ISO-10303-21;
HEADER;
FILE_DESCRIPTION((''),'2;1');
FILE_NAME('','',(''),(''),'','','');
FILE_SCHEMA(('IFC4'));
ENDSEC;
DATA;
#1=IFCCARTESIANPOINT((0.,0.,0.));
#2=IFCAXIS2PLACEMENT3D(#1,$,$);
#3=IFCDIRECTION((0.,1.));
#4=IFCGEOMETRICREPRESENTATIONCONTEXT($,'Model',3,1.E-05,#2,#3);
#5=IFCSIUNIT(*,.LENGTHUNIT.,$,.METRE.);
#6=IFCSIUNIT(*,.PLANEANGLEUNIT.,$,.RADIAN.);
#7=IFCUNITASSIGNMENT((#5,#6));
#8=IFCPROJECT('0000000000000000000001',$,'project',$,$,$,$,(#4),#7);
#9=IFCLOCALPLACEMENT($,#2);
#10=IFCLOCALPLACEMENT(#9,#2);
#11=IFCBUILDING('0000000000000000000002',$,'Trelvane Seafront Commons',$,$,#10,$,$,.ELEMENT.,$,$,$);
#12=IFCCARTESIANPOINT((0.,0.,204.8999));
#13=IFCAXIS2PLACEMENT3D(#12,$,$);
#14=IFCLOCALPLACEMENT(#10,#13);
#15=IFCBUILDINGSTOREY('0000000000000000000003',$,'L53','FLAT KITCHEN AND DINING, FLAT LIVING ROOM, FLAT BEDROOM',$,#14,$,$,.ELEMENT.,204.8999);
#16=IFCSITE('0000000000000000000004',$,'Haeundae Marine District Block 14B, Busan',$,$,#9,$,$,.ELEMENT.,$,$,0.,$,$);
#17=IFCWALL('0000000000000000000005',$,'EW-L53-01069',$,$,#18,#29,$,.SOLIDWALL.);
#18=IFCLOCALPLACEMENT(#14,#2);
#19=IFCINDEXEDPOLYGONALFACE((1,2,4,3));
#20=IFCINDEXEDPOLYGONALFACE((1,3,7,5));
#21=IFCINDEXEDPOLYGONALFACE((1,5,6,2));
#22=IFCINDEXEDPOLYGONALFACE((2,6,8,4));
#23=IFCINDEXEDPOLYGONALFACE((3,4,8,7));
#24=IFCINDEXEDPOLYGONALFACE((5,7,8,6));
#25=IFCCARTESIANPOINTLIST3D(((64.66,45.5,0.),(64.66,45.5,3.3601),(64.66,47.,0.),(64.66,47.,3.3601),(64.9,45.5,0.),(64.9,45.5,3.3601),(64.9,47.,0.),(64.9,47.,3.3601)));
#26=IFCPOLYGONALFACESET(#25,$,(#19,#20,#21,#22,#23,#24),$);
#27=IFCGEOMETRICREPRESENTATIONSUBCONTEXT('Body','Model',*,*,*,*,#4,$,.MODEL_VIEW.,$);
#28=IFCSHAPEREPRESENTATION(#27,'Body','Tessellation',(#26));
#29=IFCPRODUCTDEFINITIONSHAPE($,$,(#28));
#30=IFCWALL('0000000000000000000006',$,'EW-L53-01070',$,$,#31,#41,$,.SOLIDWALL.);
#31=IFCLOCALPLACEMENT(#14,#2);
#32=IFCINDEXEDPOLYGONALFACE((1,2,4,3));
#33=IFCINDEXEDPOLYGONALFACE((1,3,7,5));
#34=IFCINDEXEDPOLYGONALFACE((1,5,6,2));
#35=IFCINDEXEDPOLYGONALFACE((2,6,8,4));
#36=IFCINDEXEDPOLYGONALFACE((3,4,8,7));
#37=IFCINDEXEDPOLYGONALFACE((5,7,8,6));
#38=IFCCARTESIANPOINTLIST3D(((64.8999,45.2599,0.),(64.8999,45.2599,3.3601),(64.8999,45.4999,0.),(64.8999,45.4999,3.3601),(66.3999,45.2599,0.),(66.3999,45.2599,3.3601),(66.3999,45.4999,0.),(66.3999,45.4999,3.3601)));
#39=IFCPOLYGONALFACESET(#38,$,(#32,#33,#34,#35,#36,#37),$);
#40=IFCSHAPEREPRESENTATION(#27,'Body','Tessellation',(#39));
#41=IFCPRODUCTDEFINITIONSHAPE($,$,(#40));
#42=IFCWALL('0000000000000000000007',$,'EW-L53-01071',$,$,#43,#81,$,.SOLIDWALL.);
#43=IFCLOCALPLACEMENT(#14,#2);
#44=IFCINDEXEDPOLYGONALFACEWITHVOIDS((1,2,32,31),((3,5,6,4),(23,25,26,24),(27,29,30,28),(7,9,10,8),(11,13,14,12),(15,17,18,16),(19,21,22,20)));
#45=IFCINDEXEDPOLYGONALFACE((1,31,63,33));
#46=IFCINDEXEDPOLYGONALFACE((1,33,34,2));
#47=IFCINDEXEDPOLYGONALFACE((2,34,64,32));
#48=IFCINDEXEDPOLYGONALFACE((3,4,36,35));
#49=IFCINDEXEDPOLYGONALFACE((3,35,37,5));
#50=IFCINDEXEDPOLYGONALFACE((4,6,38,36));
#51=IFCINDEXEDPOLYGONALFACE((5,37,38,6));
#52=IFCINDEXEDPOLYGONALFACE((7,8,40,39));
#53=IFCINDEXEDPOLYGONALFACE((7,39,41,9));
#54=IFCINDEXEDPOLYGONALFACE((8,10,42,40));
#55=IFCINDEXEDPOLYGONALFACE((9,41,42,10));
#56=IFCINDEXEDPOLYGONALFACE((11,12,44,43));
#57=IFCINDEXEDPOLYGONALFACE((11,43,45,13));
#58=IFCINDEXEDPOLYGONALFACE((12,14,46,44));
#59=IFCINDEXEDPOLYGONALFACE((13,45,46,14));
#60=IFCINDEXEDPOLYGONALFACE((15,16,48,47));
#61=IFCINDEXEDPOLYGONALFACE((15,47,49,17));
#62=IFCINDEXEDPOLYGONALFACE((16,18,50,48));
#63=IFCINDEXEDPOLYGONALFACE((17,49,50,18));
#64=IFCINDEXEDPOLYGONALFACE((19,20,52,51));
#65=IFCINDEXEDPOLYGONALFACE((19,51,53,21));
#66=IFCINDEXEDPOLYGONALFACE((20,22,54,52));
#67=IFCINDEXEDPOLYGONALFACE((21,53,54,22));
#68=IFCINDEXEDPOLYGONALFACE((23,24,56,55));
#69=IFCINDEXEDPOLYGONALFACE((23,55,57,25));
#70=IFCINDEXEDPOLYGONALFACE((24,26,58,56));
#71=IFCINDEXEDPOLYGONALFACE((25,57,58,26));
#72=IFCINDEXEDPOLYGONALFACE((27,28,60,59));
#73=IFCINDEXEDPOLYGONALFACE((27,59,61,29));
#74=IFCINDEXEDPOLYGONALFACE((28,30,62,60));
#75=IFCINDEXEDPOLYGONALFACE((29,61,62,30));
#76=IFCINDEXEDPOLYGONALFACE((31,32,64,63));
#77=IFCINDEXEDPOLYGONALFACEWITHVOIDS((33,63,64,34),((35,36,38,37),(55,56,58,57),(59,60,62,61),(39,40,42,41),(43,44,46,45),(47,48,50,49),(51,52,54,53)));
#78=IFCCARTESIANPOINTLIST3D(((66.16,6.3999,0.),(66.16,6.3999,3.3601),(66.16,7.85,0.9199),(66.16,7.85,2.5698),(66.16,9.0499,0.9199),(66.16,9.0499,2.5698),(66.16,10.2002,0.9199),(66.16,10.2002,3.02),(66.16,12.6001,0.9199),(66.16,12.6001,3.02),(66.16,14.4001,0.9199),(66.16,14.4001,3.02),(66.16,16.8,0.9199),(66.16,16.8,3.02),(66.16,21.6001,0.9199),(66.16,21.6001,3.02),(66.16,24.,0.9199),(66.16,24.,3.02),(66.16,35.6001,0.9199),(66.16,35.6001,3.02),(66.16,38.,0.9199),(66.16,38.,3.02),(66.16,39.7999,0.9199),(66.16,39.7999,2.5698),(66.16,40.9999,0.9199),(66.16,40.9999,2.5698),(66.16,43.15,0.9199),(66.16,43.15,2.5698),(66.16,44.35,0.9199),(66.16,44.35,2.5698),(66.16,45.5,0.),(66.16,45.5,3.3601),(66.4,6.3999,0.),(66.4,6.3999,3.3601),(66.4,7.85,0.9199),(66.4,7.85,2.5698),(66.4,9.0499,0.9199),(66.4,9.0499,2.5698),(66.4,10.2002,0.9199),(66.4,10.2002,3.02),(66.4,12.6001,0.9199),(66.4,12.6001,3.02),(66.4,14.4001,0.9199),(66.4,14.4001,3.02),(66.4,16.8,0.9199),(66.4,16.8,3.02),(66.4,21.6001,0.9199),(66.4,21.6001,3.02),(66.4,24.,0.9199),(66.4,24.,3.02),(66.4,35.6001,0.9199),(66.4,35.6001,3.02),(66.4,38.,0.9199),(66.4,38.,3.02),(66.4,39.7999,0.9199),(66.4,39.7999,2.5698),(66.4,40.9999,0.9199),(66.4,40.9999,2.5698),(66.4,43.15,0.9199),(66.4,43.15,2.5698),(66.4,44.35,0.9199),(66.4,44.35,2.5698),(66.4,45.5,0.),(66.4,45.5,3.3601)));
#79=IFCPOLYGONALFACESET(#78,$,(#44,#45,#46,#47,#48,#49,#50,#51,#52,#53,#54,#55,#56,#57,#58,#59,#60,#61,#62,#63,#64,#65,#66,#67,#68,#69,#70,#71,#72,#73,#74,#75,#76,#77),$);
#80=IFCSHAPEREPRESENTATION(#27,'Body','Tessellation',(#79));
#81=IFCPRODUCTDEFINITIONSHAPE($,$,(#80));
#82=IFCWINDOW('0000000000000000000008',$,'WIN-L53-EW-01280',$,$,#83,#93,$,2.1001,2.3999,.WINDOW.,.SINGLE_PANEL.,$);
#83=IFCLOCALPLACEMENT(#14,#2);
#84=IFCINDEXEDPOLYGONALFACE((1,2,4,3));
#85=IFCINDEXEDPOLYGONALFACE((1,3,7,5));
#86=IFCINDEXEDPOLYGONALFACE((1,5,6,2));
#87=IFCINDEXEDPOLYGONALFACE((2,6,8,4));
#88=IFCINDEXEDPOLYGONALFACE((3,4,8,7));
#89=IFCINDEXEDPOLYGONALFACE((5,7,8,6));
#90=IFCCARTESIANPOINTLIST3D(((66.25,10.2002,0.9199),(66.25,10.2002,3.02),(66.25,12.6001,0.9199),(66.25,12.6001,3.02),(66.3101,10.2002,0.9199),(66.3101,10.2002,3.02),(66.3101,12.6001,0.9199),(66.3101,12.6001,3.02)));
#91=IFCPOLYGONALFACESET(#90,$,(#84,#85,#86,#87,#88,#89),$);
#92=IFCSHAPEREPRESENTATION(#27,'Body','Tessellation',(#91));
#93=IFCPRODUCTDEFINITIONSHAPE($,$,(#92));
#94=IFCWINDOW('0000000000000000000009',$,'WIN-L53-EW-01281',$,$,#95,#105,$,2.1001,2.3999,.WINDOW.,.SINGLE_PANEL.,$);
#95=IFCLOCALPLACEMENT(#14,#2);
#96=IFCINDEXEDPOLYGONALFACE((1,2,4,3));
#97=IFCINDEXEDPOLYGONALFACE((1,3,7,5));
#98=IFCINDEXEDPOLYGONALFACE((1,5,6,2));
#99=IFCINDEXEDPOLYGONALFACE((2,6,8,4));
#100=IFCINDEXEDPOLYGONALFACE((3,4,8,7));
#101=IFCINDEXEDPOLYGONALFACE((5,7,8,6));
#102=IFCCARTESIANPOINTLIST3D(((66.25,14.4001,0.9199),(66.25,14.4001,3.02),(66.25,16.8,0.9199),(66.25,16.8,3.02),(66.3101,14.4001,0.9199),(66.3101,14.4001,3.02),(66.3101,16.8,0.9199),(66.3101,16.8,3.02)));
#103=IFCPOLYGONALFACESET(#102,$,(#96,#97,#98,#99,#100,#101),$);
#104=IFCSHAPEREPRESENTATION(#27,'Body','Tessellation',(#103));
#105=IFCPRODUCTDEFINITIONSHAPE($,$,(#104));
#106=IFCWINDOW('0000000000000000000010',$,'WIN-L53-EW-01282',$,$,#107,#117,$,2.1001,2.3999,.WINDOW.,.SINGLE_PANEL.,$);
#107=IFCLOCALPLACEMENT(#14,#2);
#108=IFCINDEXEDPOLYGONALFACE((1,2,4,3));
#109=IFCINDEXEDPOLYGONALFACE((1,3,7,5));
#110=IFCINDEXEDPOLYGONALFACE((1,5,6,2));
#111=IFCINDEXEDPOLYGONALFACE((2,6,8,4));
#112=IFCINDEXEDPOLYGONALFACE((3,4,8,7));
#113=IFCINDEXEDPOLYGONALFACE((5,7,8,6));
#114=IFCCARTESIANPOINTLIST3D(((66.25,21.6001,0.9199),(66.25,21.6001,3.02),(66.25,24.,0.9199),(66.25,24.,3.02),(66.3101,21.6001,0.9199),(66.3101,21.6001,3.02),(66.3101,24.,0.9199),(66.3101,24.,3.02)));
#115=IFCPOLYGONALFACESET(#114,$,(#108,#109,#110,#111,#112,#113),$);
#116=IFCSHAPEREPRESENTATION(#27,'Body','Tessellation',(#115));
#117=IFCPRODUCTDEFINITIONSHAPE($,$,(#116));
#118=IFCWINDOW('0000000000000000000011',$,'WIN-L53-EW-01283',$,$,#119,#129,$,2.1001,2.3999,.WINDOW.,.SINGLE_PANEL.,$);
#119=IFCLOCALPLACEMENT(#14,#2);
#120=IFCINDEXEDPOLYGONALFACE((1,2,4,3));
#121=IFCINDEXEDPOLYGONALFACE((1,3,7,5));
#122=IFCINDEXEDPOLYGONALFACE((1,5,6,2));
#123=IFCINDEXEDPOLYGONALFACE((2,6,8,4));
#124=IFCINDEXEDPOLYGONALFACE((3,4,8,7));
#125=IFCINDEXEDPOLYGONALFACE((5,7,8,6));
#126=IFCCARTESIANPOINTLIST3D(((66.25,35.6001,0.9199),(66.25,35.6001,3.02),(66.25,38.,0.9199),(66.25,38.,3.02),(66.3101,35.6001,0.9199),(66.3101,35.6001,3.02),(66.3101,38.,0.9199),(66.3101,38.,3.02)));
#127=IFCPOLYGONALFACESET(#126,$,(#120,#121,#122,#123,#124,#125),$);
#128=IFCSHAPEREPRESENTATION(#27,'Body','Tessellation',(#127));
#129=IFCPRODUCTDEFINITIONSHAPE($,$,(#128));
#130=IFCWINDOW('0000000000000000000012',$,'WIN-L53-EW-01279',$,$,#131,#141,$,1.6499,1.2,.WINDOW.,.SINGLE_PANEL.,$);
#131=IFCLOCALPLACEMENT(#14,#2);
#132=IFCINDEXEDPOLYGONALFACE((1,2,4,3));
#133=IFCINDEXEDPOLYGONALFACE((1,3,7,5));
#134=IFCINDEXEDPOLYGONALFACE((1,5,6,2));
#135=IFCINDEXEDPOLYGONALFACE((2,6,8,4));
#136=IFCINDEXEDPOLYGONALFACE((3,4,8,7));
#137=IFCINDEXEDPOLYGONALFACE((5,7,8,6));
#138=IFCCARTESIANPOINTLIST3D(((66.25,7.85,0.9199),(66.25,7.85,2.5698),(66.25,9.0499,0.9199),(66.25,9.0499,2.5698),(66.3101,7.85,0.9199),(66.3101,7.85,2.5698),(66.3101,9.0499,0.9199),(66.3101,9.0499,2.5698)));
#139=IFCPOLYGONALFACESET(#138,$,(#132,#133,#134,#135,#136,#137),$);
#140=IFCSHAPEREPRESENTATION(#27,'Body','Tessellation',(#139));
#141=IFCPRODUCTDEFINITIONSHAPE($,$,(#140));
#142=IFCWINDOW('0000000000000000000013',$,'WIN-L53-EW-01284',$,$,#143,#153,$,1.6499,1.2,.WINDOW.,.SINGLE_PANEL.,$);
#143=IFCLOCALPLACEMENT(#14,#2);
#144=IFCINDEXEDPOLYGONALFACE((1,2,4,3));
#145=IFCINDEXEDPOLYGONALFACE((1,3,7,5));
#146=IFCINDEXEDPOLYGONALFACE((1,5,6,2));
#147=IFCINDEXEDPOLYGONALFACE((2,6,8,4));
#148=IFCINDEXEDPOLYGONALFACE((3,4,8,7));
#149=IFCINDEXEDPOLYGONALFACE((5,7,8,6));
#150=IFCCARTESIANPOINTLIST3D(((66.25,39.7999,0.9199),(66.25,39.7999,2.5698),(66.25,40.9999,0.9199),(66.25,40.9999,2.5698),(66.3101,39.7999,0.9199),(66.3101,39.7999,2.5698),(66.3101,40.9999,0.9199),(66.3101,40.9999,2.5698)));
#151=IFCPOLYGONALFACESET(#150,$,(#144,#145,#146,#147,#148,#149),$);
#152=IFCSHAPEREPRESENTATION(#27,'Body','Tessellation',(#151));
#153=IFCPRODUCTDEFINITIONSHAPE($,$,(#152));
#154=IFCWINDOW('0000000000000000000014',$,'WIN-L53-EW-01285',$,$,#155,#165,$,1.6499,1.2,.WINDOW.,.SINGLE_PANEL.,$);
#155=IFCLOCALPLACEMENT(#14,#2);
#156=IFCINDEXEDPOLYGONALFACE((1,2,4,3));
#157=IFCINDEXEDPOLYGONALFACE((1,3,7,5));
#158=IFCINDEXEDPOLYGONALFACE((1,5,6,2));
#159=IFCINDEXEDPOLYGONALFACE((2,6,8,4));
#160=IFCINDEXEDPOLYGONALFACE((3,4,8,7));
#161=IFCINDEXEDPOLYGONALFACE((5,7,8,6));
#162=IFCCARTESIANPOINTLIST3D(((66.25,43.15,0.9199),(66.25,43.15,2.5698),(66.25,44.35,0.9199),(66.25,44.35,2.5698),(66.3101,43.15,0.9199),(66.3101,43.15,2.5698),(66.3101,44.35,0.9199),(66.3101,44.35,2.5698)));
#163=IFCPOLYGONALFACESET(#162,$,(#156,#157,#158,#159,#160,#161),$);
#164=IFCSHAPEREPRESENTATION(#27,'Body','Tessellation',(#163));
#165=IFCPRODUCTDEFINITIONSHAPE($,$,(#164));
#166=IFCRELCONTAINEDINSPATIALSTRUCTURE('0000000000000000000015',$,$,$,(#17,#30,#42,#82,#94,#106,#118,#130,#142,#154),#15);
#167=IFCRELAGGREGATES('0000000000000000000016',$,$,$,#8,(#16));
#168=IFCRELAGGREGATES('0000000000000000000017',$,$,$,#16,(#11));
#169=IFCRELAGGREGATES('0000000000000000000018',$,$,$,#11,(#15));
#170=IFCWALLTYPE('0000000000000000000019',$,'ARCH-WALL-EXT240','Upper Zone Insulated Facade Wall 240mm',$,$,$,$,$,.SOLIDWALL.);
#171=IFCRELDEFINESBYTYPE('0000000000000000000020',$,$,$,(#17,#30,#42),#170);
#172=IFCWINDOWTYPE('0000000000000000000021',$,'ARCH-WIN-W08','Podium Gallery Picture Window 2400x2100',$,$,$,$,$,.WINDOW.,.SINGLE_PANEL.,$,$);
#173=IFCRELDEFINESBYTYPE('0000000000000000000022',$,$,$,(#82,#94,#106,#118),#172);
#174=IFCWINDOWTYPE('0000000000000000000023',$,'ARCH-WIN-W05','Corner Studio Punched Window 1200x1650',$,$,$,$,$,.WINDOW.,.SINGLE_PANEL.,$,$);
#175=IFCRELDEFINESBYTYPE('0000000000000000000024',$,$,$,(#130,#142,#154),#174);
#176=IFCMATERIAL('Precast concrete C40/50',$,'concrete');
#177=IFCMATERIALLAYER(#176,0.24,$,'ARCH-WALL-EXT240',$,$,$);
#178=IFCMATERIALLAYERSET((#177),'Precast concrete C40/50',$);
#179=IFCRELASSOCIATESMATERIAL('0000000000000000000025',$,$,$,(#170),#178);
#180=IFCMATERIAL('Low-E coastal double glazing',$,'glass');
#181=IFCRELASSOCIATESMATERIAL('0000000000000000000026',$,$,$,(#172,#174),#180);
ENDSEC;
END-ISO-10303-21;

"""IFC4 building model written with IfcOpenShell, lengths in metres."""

from ifc_helpers import new_model, si_unit, direction, frame, frame_2d, origin, place, context, subcontext, project, spatial, rectangle, extrude, source, transform, mapped, material, layer, layer_set, type_object, element, fill, save


model = new_model("IFC4")

# Units and contexts
model_context = context("Model", 3, precision=1e-05, world=origin(), true_north=direction((0.0, 1.0)))
body_context = subcontext(model_context, "Body", "Model", "MODEL_VIEW")
ifc_project = project(units=[si_unit("LENGTHUNIT", "METRE"), si_unit("PLANEANGLEUNIT", "RADIAN")], contexts=[model_context])

# Site, building, storey
site_placement = place(None, origin())
site = spatial("IfcSite", under=ifc_project, at=site_placement, Name="Haeundae Marine District Block 14B, Busan", CompositionType="ELEMENT", RefElevation=0.0)
building_placement = place(site_placement, origin())
building = spatial("IfcBuilding", under=site, at=building_placement, Name="Trelvane Seafront Commons", CompositionType="ELEMENT")
storey_placement = place(building_placement, frame((0.0, 0.0, 204.8999)))
storey = spatial("IfcBuildingStorey", under=building, at=storey_placement, Name="L53", Description="FLAT KITCHEN AND DINING, FLAT LIVING ROOM, FLAT BEDROOM", CompositionType="ELEMENT", Elevation=204.8999)

# Shared definitions
ifc_material_1 = material(Name="Low-E coastal double glazing", Category="glass")

# Shared definitions
ifc_material_2 = material(Name="Precast concrete C40/50", Category="concrete")
ifc_layer_1 = layer(ifc_material_2, 0.24, Name="ARCH-WALL-EXT240")
ifc_layer_set_1 = layer_set([ifc_layer_1], Name="Precast concrete C40/50")
wall_type = type_object("IfcWallType", Name="ARCH-WALL-EXT240", Description="Upper Zone Insulated Facade Wall 240mm", PredefinedType="SOLIDWALL", material=ifc_layer_set_1)

# Walls
for number, where, z_axis, x_axis, name in (
    (1, (64.78, 47.0, 0.0), (0.0, 0.0, 1.0), (0.0, -1.0, 0.0), "EW-L53-01069"),
    (2, (64.8999, 45.3799, 0.0), (0.0, 0.0, 1.0), (1.0, 0.0, 0.0), "EW-L53-01070"),
):
    element("IfcWall", number, at=place(storey_placement, frame(where, z_axis=z_axis, x_axis=x_axis)), inside=storey, type_object=wall_type, Name=name, PredefinedType="SOLIDWALL", context=body_context, shape_type="SweptSolid", body=[
        extrude(rectangle(XDim=1.5, YDim=0.24, at=frame_2d((0.75, 0.0))), origin(), (0.0, 0.0, 1.0), 3.3601),
    ])

# Wall, openings, windows
wall_1_placement = place(storey_placement, frame((66.28, 45.5, 0.0), z_axis=(0.0, 0.0, 1.0), x_axis=(0.0, -1.0, 0.0)))
wall_1 = element("IfcWall", 3, at=wall_1_placement, inside=storey, type_object=wall_type, Name="EW-L53-01071", PredefinedType="SOLIDWALL", context=body_context, shape_type="SweptSolid", body=[
    extrude(rectangle(XDim=39.1001, YDim=0.24, at=frame_2d((19.55, 0.0))), origin(), (0.0, 0.0, 1.0), 3.3601),
])
opening_1_placement = place(wall_1_placement, frame((36.45, 0.0, 0.9199)))
opening_1 = element("IfcOpeningElement", 4, at=opening_1_placement, cuts=wall_1, PredefinedType="OPENING", context=body_context, shape_type="SweptSolid", body=[
    extrude(rectangle(XDim=1.2, YDim=1.6499, at=frame_2d((0.6001, 0.825))), frame((0.0, 0.1299, 0.0), z_axis=(0.0, -1.0, 0.0), x_axis=(1.0, 0.0, 0.0)), (0.0, 0.0, 1.0), 0.26),
])
opening_2_placement = place(wall_1_placement, frame((32.8999, 0.0, 0.9199)))
opening_2 = element("IfcOpeningElement", 5, at=opening_2_placement, cuts=wall_1, PredefinedType="OPENING", context=body_context, shape_type="SweptSolid", body=[
    extrude(rectangle(XDim=2.3999, YDim=2.1001, at=frame_2d((1.2, 1.05))), frame((0.0, 0.1299, 0.0), z_axis=(0.0, -1.0, 0.0), x_axis=(1.0, 0.0, 0.0)), (0.0, 0.0, 1.0), 0.26),
])
opening_3_placement = place(wall_1_placement, frame((28.7, 0.0, 0.9199)))
opening_3 = element("IfcOpeningElement", 6, at=opening_3_placement, cuts=wall_1, PredefinedType="OPENING", context=body_context, shape_type="SweptSolid", body=[
    extrude(rectangle(XDim=2.3999, YDim=2.1001, at=frame_2d((1.2, 1.05))), frame((0.0, 0.1299, 0.0), z_axis=(0.0, -1.0, 0.0), x_axis=(1.0, 0.0, 0.0)), (0.0, 0.0, 1.0), 0.26),
])
opening_4_placement = place(wall_1_placement, frame((21.5, 0.0, 0.9199)))
opening_4 = element("IfcOpeningElement", 7, at=opening_4_placement, cuts=wall_1, PredefinedType="OPENING", context=body_context, shape_type="SweptSolid", body=[
    extrude(rectangle(XDim=2.3999, YDim=2.1001, at=frame_2d((1.2, 1.05))), frame((0.0, 0.1299, 0.0), z_axis=(0.0, -1.0, 0.0), x_axis=(1.0, 0.0, 0.0)), (0.0, 0.0, 1.0), 0.26),
])
opening_5_placement = place(wall_1_placement, frame((7.5, 0.0, 0.9199)))
opening_5 = element("IfcOpeningElement", 8, at=opening_5_placement, cuts=wall_1, PredefinedType="OPENING", context=body_context, shape_type="SweptSolid", body=[
    extrude(rectangle(XDim=2.3999, YDim=2.1001, at=frame_2d((1.2, 1.05))), frame((0.0, 0.1299, 0.0), z_axis=(0.0, -1.0, 0.0), x_axis=(1.0, 0.0, 0.0)), (0.0, 0.0, 1.0), 0.26),
])
opening_6_placement = place(wall_1_placement, frame((4.5, 0.0, 0.9199)))
opening_6 = element("IfcOpeningElement", 9, at=opening_6_placement, cuts=wall_1, PredefinedType="OPENING", context=body_context, shape_type="SweptSolid", body=[
    extrude(rectangle(XDim=1.2, YDim=1.6499, at=frame_2d((0.6001, 0.825))), frame((0.0, 0.1299, 0.0), z_axis=(0.0, -1.0, 0.0), x_axis=(1.0, 0.0, 0.0)), (0.0, 0.0, 1.0), 0.26),
])
opening_7_placement = place(wall_1_placement, frame((1.1499, 0.0, 0.9199)))
opening_7 = element("IfcOpeningElement", 10, at=opening_7_placement, cuts=wall_1, PredefinedType="OPENING", context=body_context, shape_type="SweptSolid", body=[
    extrude(rectangle(XDim=1.2, YDim=1.6499, at=frame_2d((0.6001, 0.825))), frame((0.0, 0.1299, 0.0), z_axis=(0.0, -1.0, 0.0), x_axis=(1.0, 0.0, 0.0)), (0.0, 0.0, 1.0), 0.26),
])
window_type_1 = type_object("IfcWindowType", Name="ARCH-WIN-W08", Description="Podium Gallery Picture Window 2400x2100", PartitioningType="SINGLE_PANEL", PredefinedType="WINDOW", material=ifc_material_1)
shared_shape_1 = source(origin(), body_context, "Body", "SweptSolid", [
    extrude(rectangle(XDim=2.3999, YDim=2.1001, at=frame_2d((1.2, 1.05))), frame((0.0, 0.03, 0.0), z_axis=(0.0, -1.0, 0.0), x_axis=(1.0, 0.0, 0.0)), (0.0, 0.0, 1.0), 0.0601),
])
window_1_placement = place(opening_2_placement, origin())
window_1 = element("IfcWindow", 11, at=window_1_placement, inside=storey, type_object=window_type_1, Name="WIN-L53-EW-01280", OverallHeight=2.1001, OverallWidth=2.3999, PartitioningType="SINGLE_PANEL", PredefinedType="WINDOW", context=body_context, shape_type="MappedRepresentation", body=[
    mapped(shared_shape_1, transform((0.0, 0.0, 0.0), x_axis=(1.0, 0.0, 0.0), y_axis=(0.0, 1.0, 0.0), z_axis=(0.0, 0.0, 1.0), scale=1.0)),
])
fill(opening_2, window_1)
window_2_placement = place(opening_3_placement, origin())
window_2 = element("IfcWindow", 12, at=window_2_placement, inside=storey, type_object=window_type_1, Name="WIN-L53-EW-01281", OverallHeight=2.1001, OverallWidth=2.3999, PartitioningType="SINGLE_PANEL", PredefinedType="WINDOW", context=body_context, shape_type="MappedRepresentation", body=[
    mapped(shared_shape_1, transform((0.0, 0.0, 0.0), x_axis=(1.0, 0.0, 0.0), y_axis=(0.0, 1.0, 0.0), z_axis=(0.0, 0.0, 1.0), scale=1.0)),
])
fill(opening_3, window_2)
window_3_placement = place(opening_4_placement, origin())
window_3 = element("IfcWindow", 13, at=window_3_placement, inside=storey, type_object=window_type_1, Name="WIN-L53-EW-01282", OverallHeight=2.1001, OverallWidth=2.3999, PartitioningType="SINGLE_PANEL", PredefinedType="WINDOW", context=body_context, shape_type="MappedRepresentation", body=[
    mapped(shared_shape_1, transform((0.0, 0.0, 0.0), x_axis=(1.0, 0.0, 0.0), y_axis=(0.0, 1.0, 0.0), z_axis=(0.0, 0.0, 1.0), scale=1.0)),
])
fill(opening_4, window_3)
window_4_placement = place(opening_5_placement, origin())
window_4 = element("IfcWindow", 14, at=window_4_placement, inside=storey, type_object=window_type_1, Name="WIN-L53-EW-01283", OverallHeight=2.1001, OverallWidth=2.3999, PartitioningType="SINGLE_PANEL", PredefinedType="WINDOW", context=body_context, shape_type="MappedRepresentation", body=[
    mapped(shared_shape_1, transform((0.0, 0.0, 0.0), x_axis=(1.0, 0.0, 0.0), y_axis=(0.0, 1.0, 0.0), z_axis=(0.0, 0.0, 1.0), scale=1.0)),
])
fill(opening_5, window_4)
window_type_2 = type_object("IfcWindowType", Name="ARCH-WIN-W05", Description="Corner Studio Punched Window 1200x1650", PartitioningType="SINGLE_PANEL", PredefinedType="WINDOW", material=ifc_material_1)
shared_shape_2 = source(origin(), body_context, "Body", "SweptSolid", [
    extrude(rectangle(XDim=1.2, YDim=1.6499, at=frame_2d((0.6001, 0.825))), frame((0.0, 0.03, 0.0), z_axis=(0.0, -1.0, 0.0), x_axis=(1.0, 0.0, 0.0)), (0.0, 0.0, 1.0), 0.0601),
])
window_5_placement = place(opening_1_placement, origin())
window_5 = element("IfcWindow", 15, at=window_5_placement, inside=storey, type_object=window_type_2, Name="WIN-L53-EW-01279", OverallHeight=1.6499, OverallWidth=1.2, PartitioningType="SINGLE_PANEL", PredefinedType="WINDOW", context=body_context, shape_type="MappedRepresentation", body=[
    mapped(shared_shape_2, transform((0.0, 0.0, 0.0), x_axis=(1.0, 0.0, 0.0), y_axis=(0.0, 1.0, 0.0), z_axis=(0.0, 0.0, 1.0), scale=1.0)),
])
fill(opening_1, window_5)
window_6_placement = place(opening_6_placement, origin())
window_6 = element("IfcWindow", 16, at=window_6_placement, inside=storey, type_object=window_type_2, Name="WIN-L53-EW-01284", OverallHeight=1.6499, OverallWidth=1.2, PartitioningType="SINGLE_PANEL", PredefinedType="WINDOW", context=body_context, shape_type="MappedRepresentation", body=[
    mapped(shared_shape_2, transform((0.0, 0.0, 0.0), x_axis=(1.0, 0.0, 0.0), y_axis=(0.0, 1.0, 0.0), z_axis=(0.0, 0.0, 1.0), scale=1.0)),
])
fill(opening_6, window_6)
window_7_placement = place(opening_7_placement, origin())
window_7 = element("IfcWindow", 17, at=window_7_placement, inside=storey, type_object=window_type_2, Name="WIN-L53-EW-01285", OverallHeight=1.6499, OverallWidth=1.2, PartitioningType="SINGLE_PANEL", PredefinedType="WINDOW", context=body_context, shape_type="MappedRepresentation", body=[
    mapped(shared_shape_2, transform((0.0, 0.0, 0.0), x_axis=(1.0, 0.0, 0.0), y_axis=(0.0, 1.0, 0.0), z_axis=(0.0, 0.0, 1.0), scale=1.0)),
])
fill(opening_7, window_7)

save(model, "model.ifc")
